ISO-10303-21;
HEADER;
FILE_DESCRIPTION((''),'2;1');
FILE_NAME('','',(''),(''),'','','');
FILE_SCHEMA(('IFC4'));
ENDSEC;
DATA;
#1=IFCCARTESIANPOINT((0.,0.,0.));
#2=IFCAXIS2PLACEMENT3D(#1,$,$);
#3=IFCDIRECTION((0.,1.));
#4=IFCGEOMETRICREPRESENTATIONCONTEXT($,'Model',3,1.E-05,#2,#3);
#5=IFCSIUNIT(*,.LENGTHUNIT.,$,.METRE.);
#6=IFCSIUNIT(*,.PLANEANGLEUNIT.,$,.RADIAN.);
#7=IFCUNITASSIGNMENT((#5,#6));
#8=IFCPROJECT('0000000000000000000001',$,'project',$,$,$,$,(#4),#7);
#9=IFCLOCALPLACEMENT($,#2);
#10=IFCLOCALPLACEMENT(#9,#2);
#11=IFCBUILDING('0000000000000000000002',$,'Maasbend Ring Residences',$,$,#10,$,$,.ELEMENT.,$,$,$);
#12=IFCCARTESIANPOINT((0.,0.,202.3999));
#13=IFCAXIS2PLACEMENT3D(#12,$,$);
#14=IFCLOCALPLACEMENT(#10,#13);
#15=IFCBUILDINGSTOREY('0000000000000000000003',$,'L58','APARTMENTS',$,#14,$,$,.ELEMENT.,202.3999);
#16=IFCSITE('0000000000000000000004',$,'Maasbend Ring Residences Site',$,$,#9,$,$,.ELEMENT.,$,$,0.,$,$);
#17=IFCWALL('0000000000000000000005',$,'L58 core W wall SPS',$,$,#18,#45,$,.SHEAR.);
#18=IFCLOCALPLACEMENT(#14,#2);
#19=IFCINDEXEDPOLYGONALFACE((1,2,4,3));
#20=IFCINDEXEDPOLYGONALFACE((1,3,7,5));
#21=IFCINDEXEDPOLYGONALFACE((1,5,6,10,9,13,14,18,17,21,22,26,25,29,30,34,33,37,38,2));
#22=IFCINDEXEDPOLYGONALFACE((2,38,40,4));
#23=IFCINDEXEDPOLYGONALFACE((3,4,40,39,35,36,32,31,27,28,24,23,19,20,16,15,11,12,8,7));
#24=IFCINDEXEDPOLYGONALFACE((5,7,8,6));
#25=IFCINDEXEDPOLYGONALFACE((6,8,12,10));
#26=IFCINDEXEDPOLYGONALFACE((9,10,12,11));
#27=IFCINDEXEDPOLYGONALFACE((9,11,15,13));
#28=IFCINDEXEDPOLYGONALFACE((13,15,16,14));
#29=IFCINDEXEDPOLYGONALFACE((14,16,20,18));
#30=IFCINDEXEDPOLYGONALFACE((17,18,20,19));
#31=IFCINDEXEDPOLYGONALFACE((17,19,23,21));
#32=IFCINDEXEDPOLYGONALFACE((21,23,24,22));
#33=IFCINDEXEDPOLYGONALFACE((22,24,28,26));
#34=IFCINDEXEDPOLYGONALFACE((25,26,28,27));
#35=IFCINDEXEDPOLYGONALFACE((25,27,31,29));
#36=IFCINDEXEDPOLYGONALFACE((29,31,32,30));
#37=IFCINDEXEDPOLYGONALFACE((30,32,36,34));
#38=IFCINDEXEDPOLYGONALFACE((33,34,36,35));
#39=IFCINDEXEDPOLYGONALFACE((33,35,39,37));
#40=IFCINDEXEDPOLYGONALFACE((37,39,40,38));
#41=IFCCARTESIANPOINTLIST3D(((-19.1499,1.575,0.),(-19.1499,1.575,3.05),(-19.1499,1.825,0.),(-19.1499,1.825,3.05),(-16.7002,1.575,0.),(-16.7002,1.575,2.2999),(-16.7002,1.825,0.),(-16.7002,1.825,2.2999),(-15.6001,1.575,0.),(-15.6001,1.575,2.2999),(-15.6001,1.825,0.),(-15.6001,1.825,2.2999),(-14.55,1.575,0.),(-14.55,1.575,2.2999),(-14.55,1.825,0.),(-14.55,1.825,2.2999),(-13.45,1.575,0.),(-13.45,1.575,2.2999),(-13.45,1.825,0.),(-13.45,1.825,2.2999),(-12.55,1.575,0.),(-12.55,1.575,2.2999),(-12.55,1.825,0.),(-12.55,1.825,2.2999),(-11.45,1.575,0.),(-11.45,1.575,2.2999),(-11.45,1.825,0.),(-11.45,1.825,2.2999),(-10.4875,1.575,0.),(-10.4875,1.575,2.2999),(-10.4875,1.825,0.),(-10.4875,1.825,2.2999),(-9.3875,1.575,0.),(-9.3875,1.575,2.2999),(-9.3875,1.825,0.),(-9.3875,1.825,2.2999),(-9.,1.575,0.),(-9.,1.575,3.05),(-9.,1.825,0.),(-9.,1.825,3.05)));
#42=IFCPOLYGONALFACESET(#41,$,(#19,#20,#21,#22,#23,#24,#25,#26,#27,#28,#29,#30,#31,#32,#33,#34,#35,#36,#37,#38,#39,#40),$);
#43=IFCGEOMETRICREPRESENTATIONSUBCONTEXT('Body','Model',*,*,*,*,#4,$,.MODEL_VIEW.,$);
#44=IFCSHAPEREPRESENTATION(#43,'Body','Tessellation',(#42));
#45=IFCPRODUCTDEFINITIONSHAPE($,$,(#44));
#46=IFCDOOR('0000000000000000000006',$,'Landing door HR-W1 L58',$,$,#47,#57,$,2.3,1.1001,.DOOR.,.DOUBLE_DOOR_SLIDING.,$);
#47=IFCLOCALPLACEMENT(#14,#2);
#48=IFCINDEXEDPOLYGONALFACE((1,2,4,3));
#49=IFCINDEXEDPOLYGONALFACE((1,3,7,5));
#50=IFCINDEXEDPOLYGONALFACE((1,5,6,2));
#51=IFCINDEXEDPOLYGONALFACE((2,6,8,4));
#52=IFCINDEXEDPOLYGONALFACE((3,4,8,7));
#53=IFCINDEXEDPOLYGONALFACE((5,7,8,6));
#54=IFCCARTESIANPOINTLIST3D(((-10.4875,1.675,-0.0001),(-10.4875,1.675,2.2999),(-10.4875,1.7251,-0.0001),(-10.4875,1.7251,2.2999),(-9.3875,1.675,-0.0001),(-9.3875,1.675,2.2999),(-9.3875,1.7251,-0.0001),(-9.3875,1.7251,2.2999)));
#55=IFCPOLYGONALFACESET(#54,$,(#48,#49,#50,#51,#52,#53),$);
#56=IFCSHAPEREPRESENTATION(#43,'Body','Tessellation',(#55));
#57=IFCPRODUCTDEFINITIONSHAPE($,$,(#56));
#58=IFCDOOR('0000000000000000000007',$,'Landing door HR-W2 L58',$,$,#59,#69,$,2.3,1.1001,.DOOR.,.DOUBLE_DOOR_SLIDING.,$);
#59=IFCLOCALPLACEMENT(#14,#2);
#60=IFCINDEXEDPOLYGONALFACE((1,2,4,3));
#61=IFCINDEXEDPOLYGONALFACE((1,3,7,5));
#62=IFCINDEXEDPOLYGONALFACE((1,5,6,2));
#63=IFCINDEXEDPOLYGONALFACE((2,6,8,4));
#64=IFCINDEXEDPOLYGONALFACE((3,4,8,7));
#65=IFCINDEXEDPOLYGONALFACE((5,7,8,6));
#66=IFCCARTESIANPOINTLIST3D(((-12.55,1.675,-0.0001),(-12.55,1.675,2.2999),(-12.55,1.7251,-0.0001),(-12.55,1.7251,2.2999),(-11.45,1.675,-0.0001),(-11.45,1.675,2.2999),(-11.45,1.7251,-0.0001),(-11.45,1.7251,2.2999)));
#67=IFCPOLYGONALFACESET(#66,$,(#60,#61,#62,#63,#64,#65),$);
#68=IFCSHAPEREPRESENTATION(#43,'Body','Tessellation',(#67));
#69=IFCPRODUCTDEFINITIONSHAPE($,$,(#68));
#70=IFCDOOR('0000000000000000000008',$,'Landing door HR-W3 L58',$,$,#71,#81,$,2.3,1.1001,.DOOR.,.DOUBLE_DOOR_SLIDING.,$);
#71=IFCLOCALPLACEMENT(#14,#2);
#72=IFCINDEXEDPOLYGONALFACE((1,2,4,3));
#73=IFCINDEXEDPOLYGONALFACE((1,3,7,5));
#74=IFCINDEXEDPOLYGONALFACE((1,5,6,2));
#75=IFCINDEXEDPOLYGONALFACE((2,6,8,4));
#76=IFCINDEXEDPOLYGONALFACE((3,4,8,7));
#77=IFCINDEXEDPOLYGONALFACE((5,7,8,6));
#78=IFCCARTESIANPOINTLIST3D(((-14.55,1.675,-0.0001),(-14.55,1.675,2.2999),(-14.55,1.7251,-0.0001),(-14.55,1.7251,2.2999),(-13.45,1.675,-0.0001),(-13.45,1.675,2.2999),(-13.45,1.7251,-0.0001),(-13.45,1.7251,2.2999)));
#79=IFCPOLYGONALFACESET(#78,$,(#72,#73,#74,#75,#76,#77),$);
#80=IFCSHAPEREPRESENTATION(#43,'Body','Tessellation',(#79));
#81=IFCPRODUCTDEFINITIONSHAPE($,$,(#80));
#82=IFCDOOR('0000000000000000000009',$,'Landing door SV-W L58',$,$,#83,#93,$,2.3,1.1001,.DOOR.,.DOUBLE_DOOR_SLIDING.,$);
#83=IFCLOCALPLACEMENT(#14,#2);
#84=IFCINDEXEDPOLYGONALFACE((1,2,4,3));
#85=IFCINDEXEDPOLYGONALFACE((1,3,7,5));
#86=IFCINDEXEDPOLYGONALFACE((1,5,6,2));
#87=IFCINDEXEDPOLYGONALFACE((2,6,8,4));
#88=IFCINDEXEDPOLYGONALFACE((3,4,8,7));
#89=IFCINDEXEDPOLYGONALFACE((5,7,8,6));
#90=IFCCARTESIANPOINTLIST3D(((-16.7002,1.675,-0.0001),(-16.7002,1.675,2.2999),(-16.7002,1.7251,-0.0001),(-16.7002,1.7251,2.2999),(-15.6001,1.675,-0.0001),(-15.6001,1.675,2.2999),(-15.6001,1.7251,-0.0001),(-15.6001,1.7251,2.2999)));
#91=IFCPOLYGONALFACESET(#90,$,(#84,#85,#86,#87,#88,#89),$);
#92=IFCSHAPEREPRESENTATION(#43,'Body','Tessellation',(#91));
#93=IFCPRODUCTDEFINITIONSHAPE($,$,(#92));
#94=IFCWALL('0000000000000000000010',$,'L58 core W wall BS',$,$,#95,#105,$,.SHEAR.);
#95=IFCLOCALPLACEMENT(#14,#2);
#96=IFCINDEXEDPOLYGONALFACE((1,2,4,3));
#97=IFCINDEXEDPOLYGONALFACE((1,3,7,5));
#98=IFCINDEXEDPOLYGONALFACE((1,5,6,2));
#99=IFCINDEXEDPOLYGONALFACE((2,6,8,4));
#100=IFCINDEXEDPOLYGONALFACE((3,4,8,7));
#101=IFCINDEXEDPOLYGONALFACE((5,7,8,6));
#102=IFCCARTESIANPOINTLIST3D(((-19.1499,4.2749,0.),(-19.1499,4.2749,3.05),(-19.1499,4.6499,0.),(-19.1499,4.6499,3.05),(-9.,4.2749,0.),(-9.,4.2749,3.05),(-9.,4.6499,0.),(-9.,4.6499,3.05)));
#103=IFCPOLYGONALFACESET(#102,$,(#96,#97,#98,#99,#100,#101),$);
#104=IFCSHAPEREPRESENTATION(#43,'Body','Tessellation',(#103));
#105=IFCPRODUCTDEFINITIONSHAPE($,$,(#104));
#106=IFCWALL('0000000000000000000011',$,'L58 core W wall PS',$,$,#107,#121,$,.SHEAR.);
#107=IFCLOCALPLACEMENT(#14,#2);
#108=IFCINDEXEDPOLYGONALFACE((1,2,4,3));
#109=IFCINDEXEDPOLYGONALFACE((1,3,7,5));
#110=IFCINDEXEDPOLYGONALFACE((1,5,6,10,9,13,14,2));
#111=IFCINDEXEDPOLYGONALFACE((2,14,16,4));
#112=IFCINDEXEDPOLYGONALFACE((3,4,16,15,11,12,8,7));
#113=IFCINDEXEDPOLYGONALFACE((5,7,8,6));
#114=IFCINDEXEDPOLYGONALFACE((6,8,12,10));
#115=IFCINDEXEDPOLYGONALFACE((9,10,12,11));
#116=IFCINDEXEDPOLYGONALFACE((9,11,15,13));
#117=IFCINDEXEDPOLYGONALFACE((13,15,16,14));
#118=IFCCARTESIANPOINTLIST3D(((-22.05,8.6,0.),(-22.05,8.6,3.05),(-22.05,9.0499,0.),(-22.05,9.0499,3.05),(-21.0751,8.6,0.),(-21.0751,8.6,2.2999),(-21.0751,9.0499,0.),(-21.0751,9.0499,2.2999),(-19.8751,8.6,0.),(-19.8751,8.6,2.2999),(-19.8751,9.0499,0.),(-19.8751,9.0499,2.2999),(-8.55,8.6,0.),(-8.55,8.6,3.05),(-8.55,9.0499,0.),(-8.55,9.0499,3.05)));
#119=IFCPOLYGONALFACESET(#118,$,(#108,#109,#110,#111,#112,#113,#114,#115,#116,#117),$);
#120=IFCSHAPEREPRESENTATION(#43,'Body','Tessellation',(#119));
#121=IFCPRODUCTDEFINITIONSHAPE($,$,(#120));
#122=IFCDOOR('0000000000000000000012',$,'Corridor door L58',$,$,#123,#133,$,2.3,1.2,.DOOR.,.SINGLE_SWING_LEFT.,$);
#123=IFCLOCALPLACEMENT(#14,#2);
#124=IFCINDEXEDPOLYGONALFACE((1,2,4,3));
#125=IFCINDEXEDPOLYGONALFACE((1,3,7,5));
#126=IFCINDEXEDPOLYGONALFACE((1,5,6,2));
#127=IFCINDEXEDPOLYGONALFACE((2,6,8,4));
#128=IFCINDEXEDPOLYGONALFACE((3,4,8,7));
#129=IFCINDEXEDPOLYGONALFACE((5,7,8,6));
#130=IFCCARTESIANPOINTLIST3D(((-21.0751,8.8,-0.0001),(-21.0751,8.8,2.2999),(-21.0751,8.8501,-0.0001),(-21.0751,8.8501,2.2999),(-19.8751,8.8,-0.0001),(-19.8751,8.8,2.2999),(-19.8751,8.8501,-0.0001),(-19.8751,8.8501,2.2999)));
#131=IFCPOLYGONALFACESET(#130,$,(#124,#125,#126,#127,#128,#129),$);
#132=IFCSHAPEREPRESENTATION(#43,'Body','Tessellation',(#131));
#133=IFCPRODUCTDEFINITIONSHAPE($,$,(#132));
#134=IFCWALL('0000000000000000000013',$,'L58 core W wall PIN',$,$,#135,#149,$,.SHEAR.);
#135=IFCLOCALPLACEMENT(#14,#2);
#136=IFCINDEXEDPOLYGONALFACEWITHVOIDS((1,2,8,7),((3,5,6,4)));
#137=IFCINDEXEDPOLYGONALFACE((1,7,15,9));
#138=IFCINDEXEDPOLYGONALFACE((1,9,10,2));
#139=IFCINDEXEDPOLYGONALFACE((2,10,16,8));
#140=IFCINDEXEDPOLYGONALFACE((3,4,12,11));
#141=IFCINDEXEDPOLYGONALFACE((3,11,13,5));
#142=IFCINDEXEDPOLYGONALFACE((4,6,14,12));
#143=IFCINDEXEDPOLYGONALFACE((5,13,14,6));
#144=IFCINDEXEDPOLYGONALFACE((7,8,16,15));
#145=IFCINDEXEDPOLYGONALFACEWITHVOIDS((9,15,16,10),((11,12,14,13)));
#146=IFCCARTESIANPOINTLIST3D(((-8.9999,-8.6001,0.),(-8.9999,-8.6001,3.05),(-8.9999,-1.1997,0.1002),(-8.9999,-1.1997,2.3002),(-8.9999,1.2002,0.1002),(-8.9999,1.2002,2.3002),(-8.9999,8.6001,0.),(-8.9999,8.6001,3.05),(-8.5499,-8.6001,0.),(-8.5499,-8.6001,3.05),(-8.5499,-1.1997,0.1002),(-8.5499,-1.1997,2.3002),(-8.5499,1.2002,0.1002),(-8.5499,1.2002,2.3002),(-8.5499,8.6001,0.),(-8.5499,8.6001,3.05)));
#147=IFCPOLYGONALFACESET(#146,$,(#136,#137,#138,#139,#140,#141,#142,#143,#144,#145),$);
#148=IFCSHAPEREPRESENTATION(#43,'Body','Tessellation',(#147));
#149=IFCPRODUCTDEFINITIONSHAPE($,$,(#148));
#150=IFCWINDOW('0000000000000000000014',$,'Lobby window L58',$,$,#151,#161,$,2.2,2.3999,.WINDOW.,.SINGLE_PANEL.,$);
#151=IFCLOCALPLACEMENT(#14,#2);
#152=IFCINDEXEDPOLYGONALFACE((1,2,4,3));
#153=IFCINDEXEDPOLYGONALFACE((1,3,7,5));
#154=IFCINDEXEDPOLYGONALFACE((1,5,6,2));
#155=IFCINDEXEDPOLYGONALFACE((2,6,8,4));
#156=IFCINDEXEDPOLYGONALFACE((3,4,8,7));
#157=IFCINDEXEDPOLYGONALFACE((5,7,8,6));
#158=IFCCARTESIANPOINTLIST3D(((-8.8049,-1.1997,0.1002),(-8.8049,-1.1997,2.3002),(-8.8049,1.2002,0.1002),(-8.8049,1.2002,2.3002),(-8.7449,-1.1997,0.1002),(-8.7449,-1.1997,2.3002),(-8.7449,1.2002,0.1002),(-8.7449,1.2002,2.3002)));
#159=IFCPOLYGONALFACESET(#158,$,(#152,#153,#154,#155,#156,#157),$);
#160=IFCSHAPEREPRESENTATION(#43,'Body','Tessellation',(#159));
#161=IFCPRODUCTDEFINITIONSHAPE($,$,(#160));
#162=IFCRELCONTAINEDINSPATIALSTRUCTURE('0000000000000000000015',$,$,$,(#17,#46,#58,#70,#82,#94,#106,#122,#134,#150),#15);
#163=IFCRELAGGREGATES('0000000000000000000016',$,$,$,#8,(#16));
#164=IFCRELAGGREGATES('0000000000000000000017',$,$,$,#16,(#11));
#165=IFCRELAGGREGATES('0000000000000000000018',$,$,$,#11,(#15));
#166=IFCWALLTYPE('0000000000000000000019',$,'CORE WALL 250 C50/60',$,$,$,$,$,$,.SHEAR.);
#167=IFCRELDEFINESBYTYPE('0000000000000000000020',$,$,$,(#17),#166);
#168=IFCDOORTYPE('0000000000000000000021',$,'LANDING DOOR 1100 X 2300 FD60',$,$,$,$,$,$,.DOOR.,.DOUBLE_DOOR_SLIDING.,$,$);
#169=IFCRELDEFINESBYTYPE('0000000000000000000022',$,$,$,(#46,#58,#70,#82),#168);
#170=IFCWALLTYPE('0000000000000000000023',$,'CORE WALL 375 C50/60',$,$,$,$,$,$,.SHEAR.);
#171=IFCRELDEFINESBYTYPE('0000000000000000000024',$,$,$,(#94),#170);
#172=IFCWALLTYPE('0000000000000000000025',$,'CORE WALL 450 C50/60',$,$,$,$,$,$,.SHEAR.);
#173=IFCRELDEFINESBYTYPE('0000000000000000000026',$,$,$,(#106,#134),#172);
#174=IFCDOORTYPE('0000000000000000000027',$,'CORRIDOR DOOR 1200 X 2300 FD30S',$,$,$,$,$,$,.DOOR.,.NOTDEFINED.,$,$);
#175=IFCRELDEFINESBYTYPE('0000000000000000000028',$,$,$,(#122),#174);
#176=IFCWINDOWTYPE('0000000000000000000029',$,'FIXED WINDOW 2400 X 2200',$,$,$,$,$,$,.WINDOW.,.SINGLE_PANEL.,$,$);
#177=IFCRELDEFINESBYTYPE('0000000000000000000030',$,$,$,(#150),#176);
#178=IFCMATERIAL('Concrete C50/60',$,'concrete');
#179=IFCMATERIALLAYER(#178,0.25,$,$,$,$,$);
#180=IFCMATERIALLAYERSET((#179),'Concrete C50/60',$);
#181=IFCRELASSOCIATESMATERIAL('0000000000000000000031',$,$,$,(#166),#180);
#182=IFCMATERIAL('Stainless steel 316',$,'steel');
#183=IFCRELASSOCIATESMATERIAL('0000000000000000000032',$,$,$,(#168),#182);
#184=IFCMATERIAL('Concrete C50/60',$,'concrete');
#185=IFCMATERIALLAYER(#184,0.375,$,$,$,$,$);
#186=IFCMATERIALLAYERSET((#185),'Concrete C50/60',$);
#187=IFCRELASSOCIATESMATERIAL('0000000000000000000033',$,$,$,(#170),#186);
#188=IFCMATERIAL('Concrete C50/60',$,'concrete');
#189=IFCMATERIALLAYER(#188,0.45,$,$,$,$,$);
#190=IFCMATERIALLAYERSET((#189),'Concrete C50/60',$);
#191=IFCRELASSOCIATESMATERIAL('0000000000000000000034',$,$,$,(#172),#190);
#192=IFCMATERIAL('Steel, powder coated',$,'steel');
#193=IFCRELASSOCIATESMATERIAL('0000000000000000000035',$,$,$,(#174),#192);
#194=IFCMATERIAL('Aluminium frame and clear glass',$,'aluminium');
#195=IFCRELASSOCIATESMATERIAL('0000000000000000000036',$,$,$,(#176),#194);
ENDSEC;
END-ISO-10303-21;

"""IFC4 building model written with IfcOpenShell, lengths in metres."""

from ifc_helpers import new_model, si_unit, direction, frame, frame_2d, origin, place, context, subcontext, project, spatial, rectangle, extrude, material, layer, layer_set, type_object, element, fill, save


model = new_model("IFC4")

# Units and contexts
model_context = context("Model", 3, precision=1e-05, world=origin(), true_north=direction((0.0, 1.0)))
body_context = subcontext(model_context, "Body", "Model", "MODEL_VIEW")
ifc_project = project(units=[si_unit("LENGTHUNIT", "METRE"), si_unit("PLANEANGLEUNIT", "RADIAN")], contexts=[model_context])

# Site, building, storey
site_placement = place(None, origin())
site = spatial("IfcSite", under=ifc_project, at=site_placement, Name="Maasbend Ring Residences Site", CompositionType="ELEMENT", RefElevation=0.0)
building_placement = place(site_placement, origin())
building = spatial("IfcBuilding", under=site, at=building_placement, Name="Maasbend Ring Residences", CompositionType="ELEMENT")
storey_placement = place(building_placement, frame((0.0, 0.0, 202.3999)))
storey = spatial("IfcBuildingStorey", under=building, at=storey_placement, Name="L58", Description="APARTMENTS", CompositionType="ELEMENT", Elevation=202.3999)

# Wall, openings, doors
ifc_material_1 = material(Name="Concrete C50/60", Category="concrete")
ifc_layer_1 = layer(ifc_material_1, 0.25)
ifc_layer_set_1 = layer_set([ifc_layer_1], Name="Concrete C50/60")
wall_type_1 = type_object("IfcWallType", Name="CORE WALL 250 C50/60", PredefinedType="SHEAR", material=ifc_layer_set_1)
wall_1_placement = place(storey_placement, frame((-9.0, 1.7, 0.0), z_axis=(0.0, 0.0, 1.0), x_axis=(-1.0, 0.0, 0.0)))
wall_1 = element("IfcWall", 1, at=wall_1_placement, inside=storey, type_object=wall_type_1, Name="L58 core W wall SPS", PredefinedType="SHEAR", context=body_context, shape_type="SweptSolid", body=[
    extrude(rectangle(XDim=10.1499, YDim=0.25, at=frame_2d((5.075, 0.0))), origin(), (0.0, 0.0, 1.0), 3.05),
])
opening_1_placement = place(wall_1_placement, frame((0.3875, 0.0, 0.0)))
opening_1 = element("IfcOpeningElement", 2, at=opening_1_placement, cuts=wall_1, PredefinedType="OPENING", context=body_context, shape_type="SweptSolid", body=[
    extrude(rectangle(XDim=1.1001, YDim=2.3, at=frame_2d((0.55, 1.1499))), frame((0.0, 0.135, 0.0), z_axis=(0.0, -1.0, 0.0), x_axis=(1.0, 0.0, 0.0)), (0.0, 0.0, 1.0), 0.27),
])
opening_2_placement = place(wall_1_placement, frame((2.45, 0.0, 0.0)))
opening_2 = element("IfcOpeningElement", 3, at=opening_2_placement, cuts=wall_1, PredefinedType="OPENING", context=body_context, shape_type="SweptSolid", body=[
    extrude(rectangle(XDim=1.1001, YDim=2.3, at=frame_2d((0.55, 1.1499))), frame((0.0, 0.135, 0.0), z_axis=(0.0, -1.0, 0.0), x_axis=(1.0, 0.0, 0.0)), (0.0, 0.0, 1.0), 0.27),
])
opening_3_placement = place(wall_1_placement, frame((4.45, 0.0, 0.0)))
opening_3 = element("IfcOpeningElement", 4, at=opening_3_placement, cuts=wall_1, PredefinedType="OPENING", context=body_context, shape_type="SweptSolid", body=[
    extrude(rectangle(XDim=1.1001, YDim=2.3, at=frame_2d((0.55, 1.1499))), frame((0.0, 0.135, 0.0), z_axis=(0.0, -1.0, 0.0), x_axis=(1.0, 0.0, 0.0)), (0.0, 0.0, 1.0), 0.27),
])
opening_4_placement = place(wall_1_placement, frame((6.6001, 0.0, 0.0)))
opening_4 = element("IfcOpeningElement", 5, at=opening_4_placement, cuts=wall_1, PredefinedType="OPENING", context=body_context, shape_type="SweptSolid", body=[
    extrude(rectangle(XDim=1.1001, YDim=2.3, at=frame_2d((0.55, 1.1499))), frame((0.0, 0.135, 0.0), z_axis=(0.0, -1.0, 0.0), x_axis=(1.0, 0.0, 0.0)), (0.0, 0.0, 1.0), 0.27),
])
ifc_material_2 = material(Name="Stainless steel 316", Category="steel")
door_type_1 = type_object("IfcDoorType", Name="LANDING DOOR 1100 X 2300 FD60", OperationType="DOUBLE_DOOR_SLIDING", PredefinedType="DOOR", material=ifc_material_2)
door_1_placement = place(opening_1_placement, origin())
door_1 = element("IfcDoor", 6, at=door_1_placement, inside=storey, type_object=door_type_1, Name="Landing door HR-W1 L58", OperationType="DOUBLE_DOOR_SLIDING", OverallHeight=2.3, OverallWidth=1.1001, PredefinedType="DOOR", context=body_context, shape_type="SweptSolid", body=[
    extrude(rectangle(XDim=1.1001, YDim=2.3, at=frame_2d((0.55, 1.1499))), frame((0.0, 0.0249, 0.0), z_axis=(0.0, -1.0, 0.0), x_axis=(1.0, 0.0, 0.0)), (0.0, 0.0, 1.0), 0.05),
])
fill(opening_1, door_1)
door_2_placement = place(opening_2_placement, origin())
door_2 = element("IfcDoor", 7, at=door_2_placement, inside=storey, type_object=door_type_1, Name="Landing door HR-W2 L58", OperationType="DOUBLE_DOOR_SLIDING", OverallHeight=2.3, OverallWidth=1.1001, PredefinedType="DOOR", context=body_context, shape_type="SweptSolid", body=[
    extrude(rectangle(XDim=1.1001, YDim=2.3, at=frame_2d((0.55, 1.1499))), frame((0.0, 0.0249, 0.0), z_axis=(0.0, -1.0, 0.0), x_axis=(1.0, 0.0, 0.0)), (0.0, 0.0, 1.0), 0.05),
])
fill(opening_2, door_2)
door_3_placement = place(opening_3_placement, origin())
door_3 = element("IfcDoor", 8, at=door_3_placement, inside=storey, type_object=door_type_1, Name="Landing door HR-W3 L58", OperationType="DOUBLE_DOOR_SLIDING", OverallHeight=2.3, OverallWidth=1.1001, PredefinedType="DOOR", context=body_context, shape_type="SweptSolid", body=[
    extrude(rectangle(XDim=1.1001, YDim=2.3, at=frame_2d((0.55, 1.1499))), frame((0.0, 0.0249, 0.0), z_axis=(0.0, -1.0, 0.0), x_axis=(1.0, 0.0, 0.0)), (0.0, 0.0, 1.0), 0.05),
])
fill(opening_3, door_3)
door_4_placement = place(opening_4_placement, origin())
door_4 = element("IfcDoor", 9, at=door_4_placement, inside=storey, type_object=door_type_1, Name="Landing door SV-W L58", OperationType="DOUBLE_DOOR_SLIDING", OverallHeight=2.3, OverallWidth=1.1001, PredefinedType="DOOR", context=body_context, shape_type="SweptSolid", body=[
    extrude(rectangle(XDim=1.1001, YDim=2.3, at=frame_2d((0.55, 1.1499))), frame((0.0, 0.0249, 0.0), z_axis=(0.0, -1.0, 0.0), x_axis=(1.0, 0.0, 0.0)), (0.0, 0.0, 1.0), 0.05),
])
fill(opening_4, door_4)

# Wall
ifc_material_3 = material(Name="Concrete C50/60", Category="concrete")
ifc_layer_2 = layer(ifc_material_3, 0.375)
ifc_layer_set_2 = layer_set([ifc_layer_2], Name="Concrete C50/60")
wall_type_2 = type_object("IfcWallType", Name="CORE WALL 375 C50/60", PredefinedType="SHEAR", material=ifc_layer_set_2)
wall_2_placement = place(storey_placement, frame((-9.0, 4.4624, 0.0), z_axis=(0.0, 0.0, 1.0), x_axis=(-1.0, 0.0, 0.0)))
element("IfcWall", 10, at=wall_2_placement, inside=storey, type_object=wall_type_2, Name="L58 core W wall BS", PredefinedType="SHEAR", context=body_context, shape_type="SweptSolid", body=[
    extrude(rectangle(XDim=10.1499, YDim=0.375, at=frame_2d((5.075, 0.0))), origin(), (0.0, 0.0, 1.0), 3.05),
])

# Wall, opening, door
ifc_material_4 = material(Name="Concrete C50/60", Category="concrete")
ifc_layer_3 = layer(ifc_material_4, 0.45)
ifc_layer_set_3 = layer_set([ifc_layer_3], Name="Concrete C50/60")
wall_type_3 = type_object("IfcWallType", Name="CORE WALL 450 C50/60", PredefinedType="SHEAR", material=ifc_layer_set_3)
wall_3_placement = place(storey_placement, frame((-8.55, 8.825, 0.0), z_axis=(0.0, 0.0, 1.0), x_axis=(-1.0, 0.0, 0.0)))
wall_3 = element("IfcWall", 11, at=wall_3_placement, inside=storey, type_object=wall_type_3, Name="L58 core W wall PS", PredefinedType="SHEAR", context=body_context, shape_type="SweptSolid", body=[
    extrude(rectangle(XDim=13.5, YDim=0.45, at=frame_2d((6.75, 0.0))), origin(), (0.0, 0.0, 1.0), 3.05),
])
opening_5_placement = place(wall_3_placement, frame((11.325, 0.0, 0.0)))
opening_5 = element("IfcOpeningElement", 12, at=opening_5_placement, cuts=wall_3, PredefinedType="OPENING", context=body_context, shape_type="SweptSolid", body=[
    extrude(rectangle(XDim=1.2, YDim=2.3, at=frame_2d((0.6001, 1.1499))), frame((0.0, 0.2349, 0.0), z_axis=(0.0, -1.0, 0.0), x_axis=(1.0, 0.0, 0.0)), (0.0, 0.0, 1.0), 0.47),
])
ifc_material_5 = material(Name="Steel, powder coated", Category="steel")
door_type_2 = type_object("IfcDoorType", Name="CORRIDOR DOOR 1200 X 2300 FD30S", OperationType="NOTDEFINED", PredefinedType="DOOR", material=ifc_material_5)
door_5_placement = place(opening_5_placement, origin())
door_5 = element("IfcDoor", 13, at=door_5_placement, inside=storey, type_object=door_type_2, Name="Corridor door L58", OperationType="SINGLE_SWING_LEFT", OverallHeight=2.3, OverallWidth=1.2, PredefinedType="DOOR", context=body_context, shape_type="SweptSolid", body=[
    extrude(rectangle(XDim=1.2, YDim=2.3, at=frame_2d((0.6001, 1.1499))), frame((0.0, 0.0249, 0.0), z_axis=(0.0, -1.0, 0.0), x_axis=(1.0, 0.0, 0.0)), (0.0, 0.0, 1.0), 0.05),
])
fill(opening_5, door_5)

# Wall, opening, window
wall_4_placement = place(storey_placement, frame((-8.7749, 8.6001, 0.0), z_axis=(0.0, 0.0, 1.0), x_axis=(0.0, -1.0, 0.0)))
wall_4 = element("IfcWall", 14, at=wall_4_placement, inside=storey, type_object=wall_type_3, Name="L58 core W wall PIN", PredefinedType="SHEAR", context=body_context, shape_type="SweptSolid", body=[
    extrude(rectangle(XDim=17.2002, YDim=0.45, at=frame_2d((8.6001, 0.0))), origin(), (0.0, 0.0, 1.0), 3.05),
])
opening_6_placement = place(wall_4_placement, frame((7.3999, 0.0, 0.1001)))
opening_6 = element("IfcOpeningElement", 15, at=opening_6_placement, cuts=wall_4, PredefinedType="OPENING", context=body_context, shape_type="SweptSolid", body=[
    extrude(rectangle(XDim=2.3999, YDim=2.2, at=frame_2d((1.2, 1.1001))), frame((0.0, 0.2349, 0.0), z_axis=(0.0, -1.0, 0.0), x_axis=(1.0, 0.0, 0.0)), (0.0, 0.0, 1.0), 0.47),
])
ifc_material_6 = material(Name="Aluminium frame and clear glass", Category="aluminium")
window_type = type_object("IfcWindowType", Name="FIXED WINDOW 2400 X 2200", PartitioningType="SINGLE_PANEL", PredefinedType="WINDOW", material=ifc_material_6)
window_placement = place(opening_6_placement, origin())
window = element("IfcWindow", 16, at=window_placement, inside=storey, type_object=window_type, Name="Lobby window L58", OverallHeight=2.2, OverallWidth=2.3999, PartitioningType="SINGLE_PANEL", PredefinedType="WINDOW", context=body_context, shape_type="SweptSolid", body=[
    extrude(rectangle(XDim=2.3999, YDim=2.2, at=frame_2d((1.2, 1.1001))), frame((0.0, 0.03, 0.0), z_axis=(0.0, -1.0, 0.0), x_axis=(1.0, 0.0, 0.0)), (0.0, 0.0, 1.0), 0.0601),
])
fill(opening_6, window)

save(model, "model.ifc")
